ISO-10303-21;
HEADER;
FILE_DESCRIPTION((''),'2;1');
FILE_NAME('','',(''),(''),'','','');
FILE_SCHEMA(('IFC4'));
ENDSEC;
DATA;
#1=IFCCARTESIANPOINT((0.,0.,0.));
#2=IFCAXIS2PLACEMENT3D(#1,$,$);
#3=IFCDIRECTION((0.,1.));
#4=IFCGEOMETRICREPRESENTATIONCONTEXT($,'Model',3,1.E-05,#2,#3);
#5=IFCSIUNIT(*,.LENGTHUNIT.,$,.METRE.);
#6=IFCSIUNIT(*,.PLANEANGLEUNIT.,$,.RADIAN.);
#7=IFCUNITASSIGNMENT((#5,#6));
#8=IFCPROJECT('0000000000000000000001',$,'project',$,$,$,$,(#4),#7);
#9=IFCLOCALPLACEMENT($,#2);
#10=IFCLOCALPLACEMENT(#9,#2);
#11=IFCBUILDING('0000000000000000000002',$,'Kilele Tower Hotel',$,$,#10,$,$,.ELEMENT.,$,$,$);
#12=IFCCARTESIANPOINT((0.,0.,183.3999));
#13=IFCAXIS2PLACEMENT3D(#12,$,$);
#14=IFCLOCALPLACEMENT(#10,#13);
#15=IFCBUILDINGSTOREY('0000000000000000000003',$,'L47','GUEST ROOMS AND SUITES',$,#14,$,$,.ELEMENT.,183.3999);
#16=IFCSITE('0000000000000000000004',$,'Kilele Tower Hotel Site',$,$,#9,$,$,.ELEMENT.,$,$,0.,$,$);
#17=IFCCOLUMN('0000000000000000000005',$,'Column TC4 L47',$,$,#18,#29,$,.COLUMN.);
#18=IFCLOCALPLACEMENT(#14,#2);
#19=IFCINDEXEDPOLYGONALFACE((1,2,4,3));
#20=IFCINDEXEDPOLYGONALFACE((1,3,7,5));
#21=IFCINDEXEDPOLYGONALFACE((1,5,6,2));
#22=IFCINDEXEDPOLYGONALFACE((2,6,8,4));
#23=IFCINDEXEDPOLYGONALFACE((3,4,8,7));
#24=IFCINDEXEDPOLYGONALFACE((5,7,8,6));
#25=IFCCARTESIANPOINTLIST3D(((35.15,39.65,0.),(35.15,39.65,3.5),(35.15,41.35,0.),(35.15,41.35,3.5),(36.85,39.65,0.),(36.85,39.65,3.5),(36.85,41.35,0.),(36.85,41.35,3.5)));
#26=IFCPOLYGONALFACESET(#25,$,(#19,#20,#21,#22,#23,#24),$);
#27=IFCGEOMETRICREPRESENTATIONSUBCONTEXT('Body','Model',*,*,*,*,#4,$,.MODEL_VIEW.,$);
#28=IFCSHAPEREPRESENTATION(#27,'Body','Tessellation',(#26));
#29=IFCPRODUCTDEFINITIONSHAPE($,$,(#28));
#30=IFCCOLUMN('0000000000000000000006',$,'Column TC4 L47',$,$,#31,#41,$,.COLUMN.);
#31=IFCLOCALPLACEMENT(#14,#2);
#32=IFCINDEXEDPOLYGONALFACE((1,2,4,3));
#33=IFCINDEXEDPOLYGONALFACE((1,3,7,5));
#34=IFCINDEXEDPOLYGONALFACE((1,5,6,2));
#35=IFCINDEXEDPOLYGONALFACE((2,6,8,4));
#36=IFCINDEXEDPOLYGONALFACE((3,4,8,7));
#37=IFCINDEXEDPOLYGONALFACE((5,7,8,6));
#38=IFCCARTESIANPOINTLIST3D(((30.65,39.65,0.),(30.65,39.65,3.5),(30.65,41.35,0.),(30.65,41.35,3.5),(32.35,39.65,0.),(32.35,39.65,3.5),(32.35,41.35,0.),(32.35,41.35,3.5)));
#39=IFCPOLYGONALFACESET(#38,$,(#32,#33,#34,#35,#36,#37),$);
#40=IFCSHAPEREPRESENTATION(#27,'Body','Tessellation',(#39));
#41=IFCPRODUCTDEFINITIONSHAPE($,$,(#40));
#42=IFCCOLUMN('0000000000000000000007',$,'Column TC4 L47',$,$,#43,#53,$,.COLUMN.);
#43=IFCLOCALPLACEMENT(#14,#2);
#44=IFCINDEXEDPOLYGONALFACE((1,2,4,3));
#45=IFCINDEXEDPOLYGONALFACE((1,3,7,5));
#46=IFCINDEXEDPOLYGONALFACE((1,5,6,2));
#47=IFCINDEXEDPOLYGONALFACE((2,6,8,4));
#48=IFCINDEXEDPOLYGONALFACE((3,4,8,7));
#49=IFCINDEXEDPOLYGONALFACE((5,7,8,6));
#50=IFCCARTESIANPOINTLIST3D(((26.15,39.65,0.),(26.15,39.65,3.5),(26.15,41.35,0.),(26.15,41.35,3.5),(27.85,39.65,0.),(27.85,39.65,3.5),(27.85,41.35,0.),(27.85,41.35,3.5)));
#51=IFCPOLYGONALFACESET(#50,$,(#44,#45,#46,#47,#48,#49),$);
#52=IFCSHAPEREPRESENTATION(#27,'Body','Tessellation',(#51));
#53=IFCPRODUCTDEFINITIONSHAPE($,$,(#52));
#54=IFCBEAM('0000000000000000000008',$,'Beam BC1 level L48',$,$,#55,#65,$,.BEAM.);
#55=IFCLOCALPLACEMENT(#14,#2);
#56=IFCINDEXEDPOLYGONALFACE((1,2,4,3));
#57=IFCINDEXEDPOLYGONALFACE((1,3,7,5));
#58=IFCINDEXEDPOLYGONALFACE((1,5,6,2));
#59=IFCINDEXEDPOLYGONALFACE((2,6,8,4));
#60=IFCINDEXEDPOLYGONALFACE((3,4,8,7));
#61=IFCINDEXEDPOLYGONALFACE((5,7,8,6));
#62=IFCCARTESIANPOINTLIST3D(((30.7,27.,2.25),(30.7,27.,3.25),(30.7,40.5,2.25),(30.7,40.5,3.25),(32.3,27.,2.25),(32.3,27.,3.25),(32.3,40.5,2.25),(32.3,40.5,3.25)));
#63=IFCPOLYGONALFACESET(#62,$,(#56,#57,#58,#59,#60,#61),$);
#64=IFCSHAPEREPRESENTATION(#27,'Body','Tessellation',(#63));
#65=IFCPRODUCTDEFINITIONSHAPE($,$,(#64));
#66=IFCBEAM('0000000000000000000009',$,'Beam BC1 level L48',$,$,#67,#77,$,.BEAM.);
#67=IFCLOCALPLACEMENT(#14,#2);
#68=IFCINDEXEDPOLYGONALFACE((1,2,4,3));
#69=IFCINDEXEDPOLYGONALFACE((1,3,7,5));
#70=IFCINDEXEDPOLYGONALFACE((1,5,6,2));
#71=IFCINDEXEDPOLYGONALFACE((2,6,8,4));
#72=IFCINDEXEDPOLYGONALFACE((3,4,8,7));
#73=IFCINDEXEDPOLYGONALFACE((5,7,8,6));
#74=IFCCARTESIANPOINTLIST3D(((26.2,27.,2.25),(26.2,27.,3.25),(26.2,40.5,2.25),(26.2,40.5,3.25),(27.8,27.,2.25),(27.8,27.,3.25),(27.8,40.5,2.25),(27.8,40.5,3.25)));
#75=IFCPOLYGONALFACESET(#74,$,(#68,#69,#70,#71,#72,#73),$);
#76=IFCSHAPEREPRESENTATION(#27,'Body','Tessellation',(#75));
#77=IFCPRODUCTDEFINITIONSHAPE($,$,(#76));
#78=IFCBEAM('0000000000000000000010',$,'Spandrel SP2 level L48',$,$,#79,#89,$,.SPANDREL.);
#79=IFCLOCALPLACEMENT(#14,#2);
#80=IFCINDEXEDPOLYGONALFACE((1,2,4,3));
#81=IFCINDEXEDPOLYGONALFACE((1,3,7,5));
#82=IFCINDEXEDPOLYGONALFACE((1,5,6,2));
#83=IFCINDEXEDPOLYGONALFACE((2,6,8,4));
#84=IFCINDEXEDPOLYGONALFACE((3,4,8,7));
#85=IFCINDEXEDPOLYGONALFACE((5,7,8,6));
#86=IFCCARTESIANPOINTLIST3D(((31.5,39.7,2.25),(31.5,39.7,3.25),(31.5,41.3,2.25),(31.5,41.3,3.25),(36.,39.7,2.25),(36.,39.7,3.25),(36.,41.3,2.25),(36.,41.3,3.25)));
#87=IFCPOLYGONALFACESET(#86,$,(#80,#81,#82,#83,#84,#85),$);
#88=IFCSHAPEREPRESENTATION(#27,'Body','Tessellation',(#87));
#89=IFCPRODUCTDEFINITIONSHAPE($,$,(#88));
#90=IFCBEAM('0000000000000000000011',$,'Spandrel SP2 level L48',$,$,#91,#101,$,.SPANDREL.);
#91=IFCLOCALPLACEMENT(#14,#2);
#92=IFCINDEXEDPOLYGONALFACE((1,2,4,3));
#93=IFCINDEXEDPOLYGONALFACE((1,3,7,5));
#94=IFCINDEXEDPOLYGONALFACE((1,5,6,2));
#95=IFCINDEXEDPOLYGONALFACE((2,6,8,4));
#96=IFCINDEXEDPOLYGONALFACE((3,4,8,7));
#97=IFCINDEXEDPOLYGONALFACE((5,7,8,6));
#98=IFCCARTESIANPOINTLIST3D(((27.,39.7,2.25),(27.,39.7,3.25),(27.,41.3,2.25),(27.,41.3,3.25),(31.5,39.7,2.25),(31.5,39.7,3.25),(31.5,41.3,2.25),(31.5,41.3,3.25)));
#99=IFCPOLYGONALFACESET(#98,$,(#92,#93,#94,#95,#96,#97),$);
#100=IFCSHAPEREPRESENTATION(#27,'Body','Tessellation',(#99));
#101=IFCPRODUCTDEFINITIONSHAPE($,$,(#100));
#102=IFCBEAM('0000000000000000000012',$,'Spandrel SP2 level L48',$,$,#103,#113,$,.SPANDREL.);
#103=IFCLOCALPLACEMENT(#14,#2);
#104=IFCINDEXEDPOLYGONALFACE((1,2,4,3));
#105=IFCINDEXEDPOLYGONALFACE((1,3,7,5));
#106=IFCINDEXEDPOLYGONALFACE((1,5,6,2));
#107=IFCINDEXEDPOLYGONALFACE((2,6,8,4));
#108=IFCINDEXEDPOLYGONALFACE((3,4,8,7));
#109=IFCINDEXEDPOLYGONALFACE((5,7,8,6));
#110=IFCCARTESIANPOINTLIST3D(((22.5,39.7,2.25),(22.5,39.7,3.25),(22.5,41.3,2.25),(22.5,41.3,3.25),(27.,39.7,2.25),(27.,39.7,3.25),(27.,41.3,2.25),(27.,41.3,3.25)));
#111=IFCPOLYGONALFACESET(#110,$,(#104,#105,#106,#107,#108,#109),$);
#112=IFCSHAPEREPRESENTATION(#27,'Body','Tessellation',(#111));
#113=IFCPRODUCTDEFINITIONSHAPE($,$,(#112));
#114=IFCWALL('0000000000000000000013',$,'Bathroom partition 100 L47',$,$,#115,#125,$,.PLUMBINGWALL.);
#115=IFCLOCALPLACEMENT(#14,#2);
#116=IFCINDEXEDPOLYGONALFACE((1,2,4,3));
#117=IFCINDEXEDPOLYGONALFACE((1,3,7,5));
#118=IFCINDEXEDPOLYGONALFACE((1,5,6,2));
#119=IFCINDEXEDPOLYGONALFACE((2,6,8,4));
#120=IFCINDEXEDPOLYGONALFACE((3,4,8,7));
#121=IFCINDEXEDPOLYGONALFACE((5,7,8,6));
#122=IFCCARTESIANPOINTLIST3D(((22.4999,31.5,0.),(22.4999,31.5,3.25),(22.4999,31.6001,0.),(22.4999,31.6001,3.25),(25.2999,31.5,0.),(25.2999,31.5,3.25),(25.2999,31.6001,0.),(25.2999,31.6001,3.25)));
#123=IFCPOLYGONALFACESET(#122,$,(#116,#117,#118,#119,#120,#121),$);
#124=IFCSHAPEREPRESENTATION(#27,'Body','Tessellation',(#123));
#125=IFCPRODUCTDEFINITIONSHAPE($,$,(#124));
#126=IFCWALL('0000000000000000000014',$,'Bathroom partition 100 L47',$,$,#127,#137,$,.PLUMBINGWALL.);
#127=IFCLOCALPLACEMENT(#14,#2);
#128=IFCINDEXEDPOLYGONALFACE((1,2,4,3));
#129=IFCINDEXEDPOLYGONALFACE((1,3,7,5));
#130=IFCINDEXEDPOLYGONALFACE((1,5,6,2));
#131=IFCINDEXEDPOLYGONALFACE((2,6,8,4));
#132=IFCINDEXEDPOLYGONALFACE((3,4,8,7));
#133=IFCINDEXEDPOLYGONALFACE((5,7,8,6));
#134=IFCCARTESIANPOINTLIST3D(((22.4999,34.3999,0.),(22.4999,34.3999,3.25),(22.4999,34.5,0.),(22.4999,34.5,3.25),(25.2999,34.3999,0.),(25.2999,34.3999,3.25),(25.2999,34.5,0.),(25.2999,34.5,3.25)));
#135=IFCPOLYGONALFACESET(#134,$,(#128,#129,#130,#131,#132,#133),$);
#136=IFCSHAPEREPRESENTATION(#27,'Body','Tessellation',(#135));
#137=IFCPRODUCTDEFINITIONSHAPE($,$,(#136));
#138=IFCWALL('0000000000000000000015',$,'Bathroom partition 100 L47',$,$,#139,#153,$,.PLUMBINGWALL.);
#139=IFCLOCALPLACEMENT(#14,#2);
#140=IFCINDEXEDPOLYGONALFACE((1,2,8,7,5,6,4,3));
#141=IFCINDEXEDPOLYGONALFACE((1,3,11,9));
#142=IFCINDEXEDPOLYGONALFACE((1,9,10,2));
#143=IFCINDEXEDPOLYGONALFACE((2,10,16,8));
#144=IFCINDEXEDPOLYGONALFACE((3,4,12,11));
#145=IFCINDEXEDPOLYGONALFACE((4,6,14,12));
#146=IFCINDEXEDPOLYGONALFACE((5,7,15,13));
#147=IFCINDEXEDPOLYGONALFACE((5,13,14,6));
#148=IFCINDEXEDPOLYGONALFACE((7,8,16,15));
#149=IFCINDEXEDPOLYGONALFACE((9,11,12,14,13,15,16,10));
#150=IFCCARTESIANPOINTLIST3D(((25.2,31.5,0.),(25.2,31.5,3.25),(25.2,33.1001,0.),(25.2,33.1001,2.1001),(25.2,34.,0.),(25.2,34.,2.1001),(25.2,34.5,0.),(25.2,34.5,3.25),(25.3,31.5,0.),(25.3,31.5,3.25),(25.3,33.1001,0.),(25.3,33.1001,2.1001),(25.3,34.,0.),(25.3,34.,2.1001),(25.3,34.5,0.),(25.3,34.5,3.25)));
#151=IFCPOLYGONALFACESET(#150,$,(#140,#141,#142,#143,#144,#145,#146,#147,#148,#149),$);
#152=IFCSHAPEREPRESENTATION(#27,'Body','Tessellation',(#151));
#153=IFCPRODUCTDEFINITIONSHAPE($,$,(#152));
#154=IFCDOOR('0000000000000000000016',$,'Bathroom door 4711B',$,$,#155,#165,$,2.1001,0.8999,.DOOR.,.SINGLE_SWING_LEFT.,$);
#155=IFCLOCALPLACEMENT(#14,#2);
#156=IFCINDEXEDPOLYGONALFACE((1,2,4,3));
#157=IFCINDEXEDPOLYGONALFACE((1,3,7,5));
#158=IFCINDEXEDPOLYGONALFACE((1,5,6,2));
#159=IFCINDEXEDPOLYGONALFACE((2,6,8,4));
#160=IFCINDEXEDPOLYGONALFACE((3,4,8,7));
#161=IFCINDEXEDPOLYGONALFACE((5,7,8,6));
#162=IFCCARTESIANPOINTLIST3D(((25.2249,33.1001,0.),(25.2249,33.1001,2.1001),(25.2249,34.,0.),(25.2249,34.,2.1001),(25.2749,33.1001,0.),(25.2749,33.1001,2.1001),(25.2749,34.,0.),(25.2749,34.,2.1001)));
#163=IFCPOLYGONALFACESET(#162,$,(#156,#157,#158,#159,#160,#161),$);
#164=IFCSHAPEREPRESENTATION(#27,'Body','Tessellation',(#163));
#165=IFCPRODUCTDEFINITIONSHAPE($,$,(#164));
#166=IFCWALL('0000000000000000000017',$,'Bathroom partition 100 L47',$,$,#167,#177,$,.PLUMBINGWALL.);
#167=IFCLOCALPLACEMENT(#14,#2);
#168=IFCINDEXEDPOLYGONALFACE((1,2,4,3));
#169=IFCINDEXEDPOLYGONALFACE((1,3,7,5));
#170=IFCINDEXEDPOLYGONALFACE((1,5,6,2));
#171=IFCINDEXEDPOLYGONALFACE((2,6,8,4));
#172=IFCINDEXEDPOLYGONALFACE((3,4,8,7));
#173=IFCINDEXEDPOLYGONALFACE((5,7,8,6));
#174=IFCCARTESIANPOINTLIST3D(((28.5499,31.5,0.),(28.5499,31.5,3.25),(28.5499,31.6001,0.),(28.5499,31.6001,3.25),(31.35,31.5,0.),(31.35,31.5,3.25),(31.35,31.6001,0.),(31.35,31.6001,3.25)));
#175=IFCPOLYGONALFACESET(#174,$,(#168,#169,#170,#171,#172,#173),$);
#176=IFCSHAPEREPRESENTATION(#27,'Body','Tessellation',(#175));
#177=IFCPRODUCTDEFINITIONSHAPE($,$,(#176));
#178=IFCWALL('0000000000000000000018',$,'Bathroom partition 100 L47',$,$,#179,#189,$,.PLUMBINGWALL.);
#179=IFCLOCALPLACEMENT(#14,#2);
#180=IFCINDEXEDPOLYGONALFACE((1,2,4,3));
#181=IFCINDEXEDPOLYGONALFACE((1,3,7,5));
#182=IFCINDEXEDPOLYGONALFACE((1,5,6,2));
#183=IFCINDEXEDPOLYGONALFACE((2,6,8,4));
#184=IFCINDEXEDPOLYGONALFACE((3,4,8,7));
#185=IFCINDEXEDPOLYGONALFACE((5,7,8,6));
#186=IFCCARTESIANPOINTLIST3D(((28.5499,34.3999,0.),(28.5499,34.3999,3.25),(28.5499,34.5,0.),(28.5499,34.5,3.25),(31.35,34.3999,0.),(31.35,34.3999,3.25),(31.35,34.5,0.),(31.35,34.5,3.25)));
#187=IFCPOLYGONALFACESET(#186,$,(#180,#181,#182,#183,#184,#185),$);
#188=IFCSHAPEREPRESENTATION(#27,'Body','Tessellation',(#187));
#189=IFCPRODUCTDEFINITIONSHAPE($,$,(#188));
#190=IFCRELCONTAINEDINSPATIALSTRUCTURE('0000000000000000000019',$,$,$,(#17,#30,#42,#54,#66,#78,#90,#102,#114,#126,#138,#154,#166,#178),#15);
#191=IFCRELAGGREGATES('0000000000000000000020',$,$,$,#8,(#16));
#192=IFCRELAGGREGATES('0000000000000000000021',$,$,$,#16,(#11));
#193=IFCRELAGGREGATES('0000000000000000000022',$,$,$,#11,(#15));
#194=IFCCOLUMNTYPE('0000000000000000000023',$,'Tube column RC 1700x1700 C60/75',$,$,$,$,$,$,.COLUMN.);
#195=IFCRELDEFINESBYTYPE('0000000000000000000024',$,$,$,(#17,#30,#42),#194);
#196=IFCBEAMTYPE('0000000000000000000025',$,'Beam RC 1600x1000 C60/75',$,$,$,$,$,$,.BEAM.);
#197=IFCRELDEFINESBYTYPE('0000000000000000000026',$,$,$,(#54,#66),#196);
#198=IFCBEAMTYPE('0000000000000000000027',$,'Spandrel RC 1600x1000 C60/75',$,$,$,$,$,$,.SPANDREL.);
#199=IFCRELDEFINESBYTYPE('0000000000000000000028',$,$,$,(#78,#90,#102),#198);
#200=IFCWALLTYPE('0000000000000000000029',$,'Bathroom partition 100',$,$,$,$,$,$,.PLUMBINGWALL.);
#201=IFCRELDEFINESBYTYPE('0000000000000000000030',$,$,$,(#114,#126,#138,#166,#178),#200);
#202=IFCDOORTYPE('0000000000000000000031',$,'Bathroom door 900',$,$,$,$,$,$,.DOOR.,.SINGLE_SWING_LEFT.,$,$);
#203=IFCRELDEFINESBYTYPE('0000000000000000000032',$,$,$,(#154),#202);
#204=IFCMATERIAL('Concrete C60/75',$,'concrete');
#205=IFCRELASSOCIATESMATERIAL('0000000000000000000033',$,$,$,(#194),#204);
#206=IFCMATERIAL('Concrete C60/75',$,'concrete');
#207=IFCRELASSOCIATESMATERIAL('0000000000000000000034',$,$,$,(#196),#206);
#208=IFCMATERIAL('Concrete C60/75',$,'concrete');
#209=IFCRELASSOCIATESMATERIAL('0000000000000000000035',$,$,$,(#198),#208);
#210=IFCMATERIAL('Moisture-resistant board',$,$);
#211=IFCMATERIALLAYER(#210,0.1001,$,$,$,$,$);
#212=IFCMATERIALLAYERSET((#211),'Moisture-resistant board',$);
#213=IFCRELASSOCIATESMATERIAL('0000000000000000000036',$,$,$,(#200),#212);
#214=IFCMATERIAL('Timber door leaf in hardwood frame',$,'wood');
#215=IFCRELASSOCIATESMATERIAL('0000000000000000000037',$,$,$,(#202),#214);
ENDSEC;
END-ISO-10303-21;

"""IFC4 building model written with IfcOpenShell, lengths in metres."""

from ifc_helpers import new_model, si_unit, direction, frame, frame_2d, origin, origin_2d, place, context, subcontext, project, spatial, rectangle, extrude, material, layer, layer_set, material_profile, profile_set, type_object, element, fill, save


model = new_model("IFC4")

# Units and contexts
model_context = context("Model", 3, precision=1e-05, world=origin(), true_north=direction((0.0, 1.0)))
body_context = subcontext(model_context, "Body", "Model", "MODEL_VIEW")
ifc_project = project(units=[si_unit("LENGTHUNIT", "METRE"), si_unit("PLANEANGLEUNIT", "RADIAN")], contexts=[model_context])

# Site, building, storey
site_placement = place(None, origin())
site = spatial("IfcSite", under=ifc_project, at=site_placement, Name="Kilele Tower Hotel Site", CompositionType="ELEMENT", RefElevation=0.0)
building_placement = place(site_placement, origin())
building = spatial("IfcBuilding", under=site, at=building_placement, Name="Kilele Tower Hotel", CompositionType="ELEMENT")
storey_placement = place(building_placement, frame((0.0, 0.0, 183.3999)))
storey = spatial("IfcBuildingStorey", under=building, at=storey_placement, Name="L47", Description="GUEST ROOMS AND SUITES", CompositionType="ELEMENT", Elevation=183.3999)

# Columns
ifc_material_1 = material(Name="Concrete C60/75", Category="concrete")
ifc_material_profile_1 = material_profile(ifc_material_1, rectangle(XDim=1.7, YDim=1.7, at=origin_2d()))
ifc_profile_set_1 = profile_set([ifc_material_profile_1], Name="Concrete C60/75")
column_type = type_object("IfcColumnType", Name="Tube column RC 1700x1700 C60/75", PredefinedType="COLUMN", material=ifc_profile_set_1)
for number, where, z_axis, x_axis, name in (
    (1, (36.0, 40.5, 0.0), (0.0, 0.0, 1.0), (1.0, 0.0, 0.0), "Column TC4 L47"),
    (2, (31.5, 40.5, 0.0), (0.0, 0.0, 1.0), (1.0, 0.0, 0.0), "Column TC4 L47"),
    (3, (27.0, 40.5, 0.0), (0.0, 0.0, 1.0), (1.0, 0.0, 0.0), "Column TC4 L47"),
):
    element("IfcColumn", number, at=place(storey_placement, frame(where, z_axis=z_axis, x_axis=x_axis)), inside=storey, type_object=column_type, Name=name, PredefinedType="COLUMN", context=body_context, shape_type="SweptSolid", body=[
        extrude(rectangle(XDim=1.7, YDim=1.7, at=origin_2d()), origin(), (0.0, 0.0, 1.0), 3.5),
    ])

# Beams
ifc_material_2 = material(Name="Concrete C60/75", Category="concrete")
ifc_material_profile_2 = material_profile(ifc_material_2, rectangle(XDim=1.6001, YDim=1.0, at=origin_2d()))
ifc_profile_set_2 = profile_set([ifc_material_profile_2], Name="Concrete C60/75")
beam_type_1 = type_object("IfcBeamType", Name="Beam RC 1600x1000 C60/75", PredefinedType="BEAM", material=ifc_profile_set_2)
for number, where, z_axis, x_axis, name in (
    (4, (31.5, 40.5, 2.75), (0.0, -1.0, 0.0), (1.0, 0.0, 0.0), "Beam BC1 level L48"),
    (5, (27.0, 40.5, 2.75), (0.0, -1.0, 0.0), (1.0, 0.0, 0.0), "Beam BC1 level L48"),
):
    element("IfcBeam", number, at=place(storey_placement, frame(where, z_axis=z_axis, x_axis=x_axis)), inside=storey, type_object=beam_type_1, Name=name, PredefinedType="BEAM", context=body_context, shape_type="SweptSolid", body=[
        extrude(rectangle(XDim=1.6001, YDim=1.0, at=origin_2d()), origin(), (0.0, 0.0, 1.0), 13.5),
    ])
ifc_material_3 = material(Name="Concrete C60/75", Category="concrete")
ifc_material_profile_3 = material_profile(ifc_material_3, rectangle(XDim=1.6001, YDim=1.0, at=origin_2d()))
ifc_profile_set_3 = profile_set([ifc_material_profile_3], Name="Concrete C60/75")
beam_type_2 = type_object("IfcBeamType", Name="Spandrel RC 1600x1000 C60/75", PredefinedType="SPANDREL", material=ifc_profile_set_3)
for number, where, z_axis, x_axis, name in (
    (6, (36.0, 40.5, 2.75), (-1.0, 0.0, 0.0), (0.0, -1.0, 0.0), "Spandrel SP2 level L48"),
    (7, (31.5, 40.5, 2.75), (-1.0, 0.0, 0.0), (0.0, -1.0, 0.0), "Spandrel SP2 level L48"),
    (8, (27.0, 40.5, 2.75), (-1.0, 0.0, 0.0), (0.0, -1.0, 0.0), "Spandrel SP2 level L48"),
):
    element("IfcBeam", number, at=place(storey_placement, frame(where, z_axis=z_axis, x_axis=x_axis)), inside=storey, type_object=beam_type_2, Name=name, PredefinedType="SPANDREL", context=body_context, shape_type="SweptSolid", body=[
        extrude(rectangle(XDim=1.6001, YDim=1.0, at=origin_2d()), origin(), (0.0, 0.0, 1.0), 4.5),
    ])

# Walls
ifc_material_4 = material(Name="Moisture-resistant board")
ifc_layer_1 = layer(ifc_material_4, 0.1001)
ifc_layer_set_1 = layer_set([ifc_layer_1], Name="Moisture-resistant board")
wall_type_1 = type_object("IfcWallType", Name="Bathroom partition 100", PredefinedType="PLUMBINGWALL", material=ifc_layer_set_1)
for number, where, z_axis, x_axis, name in (
    (9, (22.5, 31.55, 0.0), (0.0, 0.0, 1.0), (1.0, 0.0, 0.0), "Bathroom partition 100 L47"),
    (10, (22.5, 34.45, 0.0), (0.0, 0.0, 1.0), (1.0, 0.0, 0.0), "Bathroom partition 100 L47"),
):
    element("IfcWall", number, at=place(storey_placement, frame(where, z_axis=z_axis, x_axis=x_axis)), inside=storey, type_object=wall_type_1, Name=name, PredefinedType="PLUMBINGWALL", context=body_context, shape_type="SweptSolid", body=[
        extrude(rectangle(XDim=2.8, YDim=0.1001, at=frame_2d((1.3999, 0.0))), origin(), (0.0, 0.0, 1.0), 3.25),
    ])

# Wall, opening, door
wall_1_placement = place(storey_placement, frame((25.25, 31.5, 0.0), z_axis=(0.0, 0.0, 1.0), x_axis=(0.0, 1.0, 0.0)))
wall_1 = element("IfcWall", 11, at=wall_1_placement, inside=storey, type_object=wall_type_1, Name="Bathroom partition 100 L47", PredefinedType="PLUMBINGWALL", context=body_context, shape_type="SweptSolid", body=[
    extrude(rectangle(XDim=3.0, YDim=0.1001, at=frame_2d((1.5, 0.0))), origin(), (0.0, 0.0, 1.0), 3.25),
])
opening_1_placement = place(wall_1_placement, frame((2.5, 0.0, 0.0), z_axis=(0.0, 0.0, 1.0), x_axis=(-1.0, 0.0, 0.0)))
opening_1 = element("IfcOpeningElement", 12, at=opening_1_placement, cuts=wall_1, PredefinedType="OPENING", context=body_context, shape_type="SweptSolid", body=[
    extrude(rectangle(XDim=0.8999, YDim=2.1001, at=frame_2d((0.45, 1.05))), frame((0.0, 0.0601, 0.0), z_axis=(0.0, -1.0, 0.0), x_axis=(1.0, 0.0, 0.0)), (0.0, 0.0, 1.0), 0.1201),
])
ifc_material_5 = material(Name="Timber door leaf in hardwood frame", Category="wood")
door_type_1 = type_object("IfcDoorType", Name="Bathroom door 900", OperationType="SINGLE_SWING_LEFT", PredefinedType="DOOR", material=ifc_material_5)
door_1_placement = place(opening_1_placement, origin())
door_1 = element("IfcDoor", 13, at=door_1_placement, inside=storey, type_object=door_type_1, Name="Bathroom door 4711B", OperationType="SINGLE_SWING_LEFT", OverallHeight=2.1001, OverallWidth=0.8999, PredefinedType="DOOR", context=body_context, shape_type="SweptSolid", body=[
    extrude(rectangle(XDim=0.8999, YDim=2.1001, at=frame_2d((0.45, 1.05))), frame((0.0, 0.0249, 0.0), z_axis=(0.0, -1.0, 0.0), x_axis=(1.0, 0.0, 0.0)), (0.0, 0.0, 1.0), 0.05),
])
fill(opening_1, door_1)

# Walls
for number, where, z_axis, x_axis, name in (
    (14, (28.55, 31.55, 0.0), (0.0, 0.0, 1.0), (1.0, 0.0, 0.0), "Bathroom partition 100 L47"),
    (15, (28.55, 34.45, 0.0), (0.0, 0.0, 1.0), (1.0, 0.0, 0.0), "Bathroom partition 100 L47"),
):
    element("IfcWall", number, at=place(storey_placement, frame(where, z_axis=z_axis, x_axis=x_axis)), inside=storey, type_object=wall_type_1, Name=name, PredefinedType="PLUMBINGWALL", context=body_context, shape_type="SweptSolid", body=[
        extrude(rectangle(XDim=2.8, YDim=0.1001, at=frame_2d((1.3999, 0.0))), origin(), (0.0, 0.0, 1.0), 3.25),
    ])

save(model, "model.ifc")
